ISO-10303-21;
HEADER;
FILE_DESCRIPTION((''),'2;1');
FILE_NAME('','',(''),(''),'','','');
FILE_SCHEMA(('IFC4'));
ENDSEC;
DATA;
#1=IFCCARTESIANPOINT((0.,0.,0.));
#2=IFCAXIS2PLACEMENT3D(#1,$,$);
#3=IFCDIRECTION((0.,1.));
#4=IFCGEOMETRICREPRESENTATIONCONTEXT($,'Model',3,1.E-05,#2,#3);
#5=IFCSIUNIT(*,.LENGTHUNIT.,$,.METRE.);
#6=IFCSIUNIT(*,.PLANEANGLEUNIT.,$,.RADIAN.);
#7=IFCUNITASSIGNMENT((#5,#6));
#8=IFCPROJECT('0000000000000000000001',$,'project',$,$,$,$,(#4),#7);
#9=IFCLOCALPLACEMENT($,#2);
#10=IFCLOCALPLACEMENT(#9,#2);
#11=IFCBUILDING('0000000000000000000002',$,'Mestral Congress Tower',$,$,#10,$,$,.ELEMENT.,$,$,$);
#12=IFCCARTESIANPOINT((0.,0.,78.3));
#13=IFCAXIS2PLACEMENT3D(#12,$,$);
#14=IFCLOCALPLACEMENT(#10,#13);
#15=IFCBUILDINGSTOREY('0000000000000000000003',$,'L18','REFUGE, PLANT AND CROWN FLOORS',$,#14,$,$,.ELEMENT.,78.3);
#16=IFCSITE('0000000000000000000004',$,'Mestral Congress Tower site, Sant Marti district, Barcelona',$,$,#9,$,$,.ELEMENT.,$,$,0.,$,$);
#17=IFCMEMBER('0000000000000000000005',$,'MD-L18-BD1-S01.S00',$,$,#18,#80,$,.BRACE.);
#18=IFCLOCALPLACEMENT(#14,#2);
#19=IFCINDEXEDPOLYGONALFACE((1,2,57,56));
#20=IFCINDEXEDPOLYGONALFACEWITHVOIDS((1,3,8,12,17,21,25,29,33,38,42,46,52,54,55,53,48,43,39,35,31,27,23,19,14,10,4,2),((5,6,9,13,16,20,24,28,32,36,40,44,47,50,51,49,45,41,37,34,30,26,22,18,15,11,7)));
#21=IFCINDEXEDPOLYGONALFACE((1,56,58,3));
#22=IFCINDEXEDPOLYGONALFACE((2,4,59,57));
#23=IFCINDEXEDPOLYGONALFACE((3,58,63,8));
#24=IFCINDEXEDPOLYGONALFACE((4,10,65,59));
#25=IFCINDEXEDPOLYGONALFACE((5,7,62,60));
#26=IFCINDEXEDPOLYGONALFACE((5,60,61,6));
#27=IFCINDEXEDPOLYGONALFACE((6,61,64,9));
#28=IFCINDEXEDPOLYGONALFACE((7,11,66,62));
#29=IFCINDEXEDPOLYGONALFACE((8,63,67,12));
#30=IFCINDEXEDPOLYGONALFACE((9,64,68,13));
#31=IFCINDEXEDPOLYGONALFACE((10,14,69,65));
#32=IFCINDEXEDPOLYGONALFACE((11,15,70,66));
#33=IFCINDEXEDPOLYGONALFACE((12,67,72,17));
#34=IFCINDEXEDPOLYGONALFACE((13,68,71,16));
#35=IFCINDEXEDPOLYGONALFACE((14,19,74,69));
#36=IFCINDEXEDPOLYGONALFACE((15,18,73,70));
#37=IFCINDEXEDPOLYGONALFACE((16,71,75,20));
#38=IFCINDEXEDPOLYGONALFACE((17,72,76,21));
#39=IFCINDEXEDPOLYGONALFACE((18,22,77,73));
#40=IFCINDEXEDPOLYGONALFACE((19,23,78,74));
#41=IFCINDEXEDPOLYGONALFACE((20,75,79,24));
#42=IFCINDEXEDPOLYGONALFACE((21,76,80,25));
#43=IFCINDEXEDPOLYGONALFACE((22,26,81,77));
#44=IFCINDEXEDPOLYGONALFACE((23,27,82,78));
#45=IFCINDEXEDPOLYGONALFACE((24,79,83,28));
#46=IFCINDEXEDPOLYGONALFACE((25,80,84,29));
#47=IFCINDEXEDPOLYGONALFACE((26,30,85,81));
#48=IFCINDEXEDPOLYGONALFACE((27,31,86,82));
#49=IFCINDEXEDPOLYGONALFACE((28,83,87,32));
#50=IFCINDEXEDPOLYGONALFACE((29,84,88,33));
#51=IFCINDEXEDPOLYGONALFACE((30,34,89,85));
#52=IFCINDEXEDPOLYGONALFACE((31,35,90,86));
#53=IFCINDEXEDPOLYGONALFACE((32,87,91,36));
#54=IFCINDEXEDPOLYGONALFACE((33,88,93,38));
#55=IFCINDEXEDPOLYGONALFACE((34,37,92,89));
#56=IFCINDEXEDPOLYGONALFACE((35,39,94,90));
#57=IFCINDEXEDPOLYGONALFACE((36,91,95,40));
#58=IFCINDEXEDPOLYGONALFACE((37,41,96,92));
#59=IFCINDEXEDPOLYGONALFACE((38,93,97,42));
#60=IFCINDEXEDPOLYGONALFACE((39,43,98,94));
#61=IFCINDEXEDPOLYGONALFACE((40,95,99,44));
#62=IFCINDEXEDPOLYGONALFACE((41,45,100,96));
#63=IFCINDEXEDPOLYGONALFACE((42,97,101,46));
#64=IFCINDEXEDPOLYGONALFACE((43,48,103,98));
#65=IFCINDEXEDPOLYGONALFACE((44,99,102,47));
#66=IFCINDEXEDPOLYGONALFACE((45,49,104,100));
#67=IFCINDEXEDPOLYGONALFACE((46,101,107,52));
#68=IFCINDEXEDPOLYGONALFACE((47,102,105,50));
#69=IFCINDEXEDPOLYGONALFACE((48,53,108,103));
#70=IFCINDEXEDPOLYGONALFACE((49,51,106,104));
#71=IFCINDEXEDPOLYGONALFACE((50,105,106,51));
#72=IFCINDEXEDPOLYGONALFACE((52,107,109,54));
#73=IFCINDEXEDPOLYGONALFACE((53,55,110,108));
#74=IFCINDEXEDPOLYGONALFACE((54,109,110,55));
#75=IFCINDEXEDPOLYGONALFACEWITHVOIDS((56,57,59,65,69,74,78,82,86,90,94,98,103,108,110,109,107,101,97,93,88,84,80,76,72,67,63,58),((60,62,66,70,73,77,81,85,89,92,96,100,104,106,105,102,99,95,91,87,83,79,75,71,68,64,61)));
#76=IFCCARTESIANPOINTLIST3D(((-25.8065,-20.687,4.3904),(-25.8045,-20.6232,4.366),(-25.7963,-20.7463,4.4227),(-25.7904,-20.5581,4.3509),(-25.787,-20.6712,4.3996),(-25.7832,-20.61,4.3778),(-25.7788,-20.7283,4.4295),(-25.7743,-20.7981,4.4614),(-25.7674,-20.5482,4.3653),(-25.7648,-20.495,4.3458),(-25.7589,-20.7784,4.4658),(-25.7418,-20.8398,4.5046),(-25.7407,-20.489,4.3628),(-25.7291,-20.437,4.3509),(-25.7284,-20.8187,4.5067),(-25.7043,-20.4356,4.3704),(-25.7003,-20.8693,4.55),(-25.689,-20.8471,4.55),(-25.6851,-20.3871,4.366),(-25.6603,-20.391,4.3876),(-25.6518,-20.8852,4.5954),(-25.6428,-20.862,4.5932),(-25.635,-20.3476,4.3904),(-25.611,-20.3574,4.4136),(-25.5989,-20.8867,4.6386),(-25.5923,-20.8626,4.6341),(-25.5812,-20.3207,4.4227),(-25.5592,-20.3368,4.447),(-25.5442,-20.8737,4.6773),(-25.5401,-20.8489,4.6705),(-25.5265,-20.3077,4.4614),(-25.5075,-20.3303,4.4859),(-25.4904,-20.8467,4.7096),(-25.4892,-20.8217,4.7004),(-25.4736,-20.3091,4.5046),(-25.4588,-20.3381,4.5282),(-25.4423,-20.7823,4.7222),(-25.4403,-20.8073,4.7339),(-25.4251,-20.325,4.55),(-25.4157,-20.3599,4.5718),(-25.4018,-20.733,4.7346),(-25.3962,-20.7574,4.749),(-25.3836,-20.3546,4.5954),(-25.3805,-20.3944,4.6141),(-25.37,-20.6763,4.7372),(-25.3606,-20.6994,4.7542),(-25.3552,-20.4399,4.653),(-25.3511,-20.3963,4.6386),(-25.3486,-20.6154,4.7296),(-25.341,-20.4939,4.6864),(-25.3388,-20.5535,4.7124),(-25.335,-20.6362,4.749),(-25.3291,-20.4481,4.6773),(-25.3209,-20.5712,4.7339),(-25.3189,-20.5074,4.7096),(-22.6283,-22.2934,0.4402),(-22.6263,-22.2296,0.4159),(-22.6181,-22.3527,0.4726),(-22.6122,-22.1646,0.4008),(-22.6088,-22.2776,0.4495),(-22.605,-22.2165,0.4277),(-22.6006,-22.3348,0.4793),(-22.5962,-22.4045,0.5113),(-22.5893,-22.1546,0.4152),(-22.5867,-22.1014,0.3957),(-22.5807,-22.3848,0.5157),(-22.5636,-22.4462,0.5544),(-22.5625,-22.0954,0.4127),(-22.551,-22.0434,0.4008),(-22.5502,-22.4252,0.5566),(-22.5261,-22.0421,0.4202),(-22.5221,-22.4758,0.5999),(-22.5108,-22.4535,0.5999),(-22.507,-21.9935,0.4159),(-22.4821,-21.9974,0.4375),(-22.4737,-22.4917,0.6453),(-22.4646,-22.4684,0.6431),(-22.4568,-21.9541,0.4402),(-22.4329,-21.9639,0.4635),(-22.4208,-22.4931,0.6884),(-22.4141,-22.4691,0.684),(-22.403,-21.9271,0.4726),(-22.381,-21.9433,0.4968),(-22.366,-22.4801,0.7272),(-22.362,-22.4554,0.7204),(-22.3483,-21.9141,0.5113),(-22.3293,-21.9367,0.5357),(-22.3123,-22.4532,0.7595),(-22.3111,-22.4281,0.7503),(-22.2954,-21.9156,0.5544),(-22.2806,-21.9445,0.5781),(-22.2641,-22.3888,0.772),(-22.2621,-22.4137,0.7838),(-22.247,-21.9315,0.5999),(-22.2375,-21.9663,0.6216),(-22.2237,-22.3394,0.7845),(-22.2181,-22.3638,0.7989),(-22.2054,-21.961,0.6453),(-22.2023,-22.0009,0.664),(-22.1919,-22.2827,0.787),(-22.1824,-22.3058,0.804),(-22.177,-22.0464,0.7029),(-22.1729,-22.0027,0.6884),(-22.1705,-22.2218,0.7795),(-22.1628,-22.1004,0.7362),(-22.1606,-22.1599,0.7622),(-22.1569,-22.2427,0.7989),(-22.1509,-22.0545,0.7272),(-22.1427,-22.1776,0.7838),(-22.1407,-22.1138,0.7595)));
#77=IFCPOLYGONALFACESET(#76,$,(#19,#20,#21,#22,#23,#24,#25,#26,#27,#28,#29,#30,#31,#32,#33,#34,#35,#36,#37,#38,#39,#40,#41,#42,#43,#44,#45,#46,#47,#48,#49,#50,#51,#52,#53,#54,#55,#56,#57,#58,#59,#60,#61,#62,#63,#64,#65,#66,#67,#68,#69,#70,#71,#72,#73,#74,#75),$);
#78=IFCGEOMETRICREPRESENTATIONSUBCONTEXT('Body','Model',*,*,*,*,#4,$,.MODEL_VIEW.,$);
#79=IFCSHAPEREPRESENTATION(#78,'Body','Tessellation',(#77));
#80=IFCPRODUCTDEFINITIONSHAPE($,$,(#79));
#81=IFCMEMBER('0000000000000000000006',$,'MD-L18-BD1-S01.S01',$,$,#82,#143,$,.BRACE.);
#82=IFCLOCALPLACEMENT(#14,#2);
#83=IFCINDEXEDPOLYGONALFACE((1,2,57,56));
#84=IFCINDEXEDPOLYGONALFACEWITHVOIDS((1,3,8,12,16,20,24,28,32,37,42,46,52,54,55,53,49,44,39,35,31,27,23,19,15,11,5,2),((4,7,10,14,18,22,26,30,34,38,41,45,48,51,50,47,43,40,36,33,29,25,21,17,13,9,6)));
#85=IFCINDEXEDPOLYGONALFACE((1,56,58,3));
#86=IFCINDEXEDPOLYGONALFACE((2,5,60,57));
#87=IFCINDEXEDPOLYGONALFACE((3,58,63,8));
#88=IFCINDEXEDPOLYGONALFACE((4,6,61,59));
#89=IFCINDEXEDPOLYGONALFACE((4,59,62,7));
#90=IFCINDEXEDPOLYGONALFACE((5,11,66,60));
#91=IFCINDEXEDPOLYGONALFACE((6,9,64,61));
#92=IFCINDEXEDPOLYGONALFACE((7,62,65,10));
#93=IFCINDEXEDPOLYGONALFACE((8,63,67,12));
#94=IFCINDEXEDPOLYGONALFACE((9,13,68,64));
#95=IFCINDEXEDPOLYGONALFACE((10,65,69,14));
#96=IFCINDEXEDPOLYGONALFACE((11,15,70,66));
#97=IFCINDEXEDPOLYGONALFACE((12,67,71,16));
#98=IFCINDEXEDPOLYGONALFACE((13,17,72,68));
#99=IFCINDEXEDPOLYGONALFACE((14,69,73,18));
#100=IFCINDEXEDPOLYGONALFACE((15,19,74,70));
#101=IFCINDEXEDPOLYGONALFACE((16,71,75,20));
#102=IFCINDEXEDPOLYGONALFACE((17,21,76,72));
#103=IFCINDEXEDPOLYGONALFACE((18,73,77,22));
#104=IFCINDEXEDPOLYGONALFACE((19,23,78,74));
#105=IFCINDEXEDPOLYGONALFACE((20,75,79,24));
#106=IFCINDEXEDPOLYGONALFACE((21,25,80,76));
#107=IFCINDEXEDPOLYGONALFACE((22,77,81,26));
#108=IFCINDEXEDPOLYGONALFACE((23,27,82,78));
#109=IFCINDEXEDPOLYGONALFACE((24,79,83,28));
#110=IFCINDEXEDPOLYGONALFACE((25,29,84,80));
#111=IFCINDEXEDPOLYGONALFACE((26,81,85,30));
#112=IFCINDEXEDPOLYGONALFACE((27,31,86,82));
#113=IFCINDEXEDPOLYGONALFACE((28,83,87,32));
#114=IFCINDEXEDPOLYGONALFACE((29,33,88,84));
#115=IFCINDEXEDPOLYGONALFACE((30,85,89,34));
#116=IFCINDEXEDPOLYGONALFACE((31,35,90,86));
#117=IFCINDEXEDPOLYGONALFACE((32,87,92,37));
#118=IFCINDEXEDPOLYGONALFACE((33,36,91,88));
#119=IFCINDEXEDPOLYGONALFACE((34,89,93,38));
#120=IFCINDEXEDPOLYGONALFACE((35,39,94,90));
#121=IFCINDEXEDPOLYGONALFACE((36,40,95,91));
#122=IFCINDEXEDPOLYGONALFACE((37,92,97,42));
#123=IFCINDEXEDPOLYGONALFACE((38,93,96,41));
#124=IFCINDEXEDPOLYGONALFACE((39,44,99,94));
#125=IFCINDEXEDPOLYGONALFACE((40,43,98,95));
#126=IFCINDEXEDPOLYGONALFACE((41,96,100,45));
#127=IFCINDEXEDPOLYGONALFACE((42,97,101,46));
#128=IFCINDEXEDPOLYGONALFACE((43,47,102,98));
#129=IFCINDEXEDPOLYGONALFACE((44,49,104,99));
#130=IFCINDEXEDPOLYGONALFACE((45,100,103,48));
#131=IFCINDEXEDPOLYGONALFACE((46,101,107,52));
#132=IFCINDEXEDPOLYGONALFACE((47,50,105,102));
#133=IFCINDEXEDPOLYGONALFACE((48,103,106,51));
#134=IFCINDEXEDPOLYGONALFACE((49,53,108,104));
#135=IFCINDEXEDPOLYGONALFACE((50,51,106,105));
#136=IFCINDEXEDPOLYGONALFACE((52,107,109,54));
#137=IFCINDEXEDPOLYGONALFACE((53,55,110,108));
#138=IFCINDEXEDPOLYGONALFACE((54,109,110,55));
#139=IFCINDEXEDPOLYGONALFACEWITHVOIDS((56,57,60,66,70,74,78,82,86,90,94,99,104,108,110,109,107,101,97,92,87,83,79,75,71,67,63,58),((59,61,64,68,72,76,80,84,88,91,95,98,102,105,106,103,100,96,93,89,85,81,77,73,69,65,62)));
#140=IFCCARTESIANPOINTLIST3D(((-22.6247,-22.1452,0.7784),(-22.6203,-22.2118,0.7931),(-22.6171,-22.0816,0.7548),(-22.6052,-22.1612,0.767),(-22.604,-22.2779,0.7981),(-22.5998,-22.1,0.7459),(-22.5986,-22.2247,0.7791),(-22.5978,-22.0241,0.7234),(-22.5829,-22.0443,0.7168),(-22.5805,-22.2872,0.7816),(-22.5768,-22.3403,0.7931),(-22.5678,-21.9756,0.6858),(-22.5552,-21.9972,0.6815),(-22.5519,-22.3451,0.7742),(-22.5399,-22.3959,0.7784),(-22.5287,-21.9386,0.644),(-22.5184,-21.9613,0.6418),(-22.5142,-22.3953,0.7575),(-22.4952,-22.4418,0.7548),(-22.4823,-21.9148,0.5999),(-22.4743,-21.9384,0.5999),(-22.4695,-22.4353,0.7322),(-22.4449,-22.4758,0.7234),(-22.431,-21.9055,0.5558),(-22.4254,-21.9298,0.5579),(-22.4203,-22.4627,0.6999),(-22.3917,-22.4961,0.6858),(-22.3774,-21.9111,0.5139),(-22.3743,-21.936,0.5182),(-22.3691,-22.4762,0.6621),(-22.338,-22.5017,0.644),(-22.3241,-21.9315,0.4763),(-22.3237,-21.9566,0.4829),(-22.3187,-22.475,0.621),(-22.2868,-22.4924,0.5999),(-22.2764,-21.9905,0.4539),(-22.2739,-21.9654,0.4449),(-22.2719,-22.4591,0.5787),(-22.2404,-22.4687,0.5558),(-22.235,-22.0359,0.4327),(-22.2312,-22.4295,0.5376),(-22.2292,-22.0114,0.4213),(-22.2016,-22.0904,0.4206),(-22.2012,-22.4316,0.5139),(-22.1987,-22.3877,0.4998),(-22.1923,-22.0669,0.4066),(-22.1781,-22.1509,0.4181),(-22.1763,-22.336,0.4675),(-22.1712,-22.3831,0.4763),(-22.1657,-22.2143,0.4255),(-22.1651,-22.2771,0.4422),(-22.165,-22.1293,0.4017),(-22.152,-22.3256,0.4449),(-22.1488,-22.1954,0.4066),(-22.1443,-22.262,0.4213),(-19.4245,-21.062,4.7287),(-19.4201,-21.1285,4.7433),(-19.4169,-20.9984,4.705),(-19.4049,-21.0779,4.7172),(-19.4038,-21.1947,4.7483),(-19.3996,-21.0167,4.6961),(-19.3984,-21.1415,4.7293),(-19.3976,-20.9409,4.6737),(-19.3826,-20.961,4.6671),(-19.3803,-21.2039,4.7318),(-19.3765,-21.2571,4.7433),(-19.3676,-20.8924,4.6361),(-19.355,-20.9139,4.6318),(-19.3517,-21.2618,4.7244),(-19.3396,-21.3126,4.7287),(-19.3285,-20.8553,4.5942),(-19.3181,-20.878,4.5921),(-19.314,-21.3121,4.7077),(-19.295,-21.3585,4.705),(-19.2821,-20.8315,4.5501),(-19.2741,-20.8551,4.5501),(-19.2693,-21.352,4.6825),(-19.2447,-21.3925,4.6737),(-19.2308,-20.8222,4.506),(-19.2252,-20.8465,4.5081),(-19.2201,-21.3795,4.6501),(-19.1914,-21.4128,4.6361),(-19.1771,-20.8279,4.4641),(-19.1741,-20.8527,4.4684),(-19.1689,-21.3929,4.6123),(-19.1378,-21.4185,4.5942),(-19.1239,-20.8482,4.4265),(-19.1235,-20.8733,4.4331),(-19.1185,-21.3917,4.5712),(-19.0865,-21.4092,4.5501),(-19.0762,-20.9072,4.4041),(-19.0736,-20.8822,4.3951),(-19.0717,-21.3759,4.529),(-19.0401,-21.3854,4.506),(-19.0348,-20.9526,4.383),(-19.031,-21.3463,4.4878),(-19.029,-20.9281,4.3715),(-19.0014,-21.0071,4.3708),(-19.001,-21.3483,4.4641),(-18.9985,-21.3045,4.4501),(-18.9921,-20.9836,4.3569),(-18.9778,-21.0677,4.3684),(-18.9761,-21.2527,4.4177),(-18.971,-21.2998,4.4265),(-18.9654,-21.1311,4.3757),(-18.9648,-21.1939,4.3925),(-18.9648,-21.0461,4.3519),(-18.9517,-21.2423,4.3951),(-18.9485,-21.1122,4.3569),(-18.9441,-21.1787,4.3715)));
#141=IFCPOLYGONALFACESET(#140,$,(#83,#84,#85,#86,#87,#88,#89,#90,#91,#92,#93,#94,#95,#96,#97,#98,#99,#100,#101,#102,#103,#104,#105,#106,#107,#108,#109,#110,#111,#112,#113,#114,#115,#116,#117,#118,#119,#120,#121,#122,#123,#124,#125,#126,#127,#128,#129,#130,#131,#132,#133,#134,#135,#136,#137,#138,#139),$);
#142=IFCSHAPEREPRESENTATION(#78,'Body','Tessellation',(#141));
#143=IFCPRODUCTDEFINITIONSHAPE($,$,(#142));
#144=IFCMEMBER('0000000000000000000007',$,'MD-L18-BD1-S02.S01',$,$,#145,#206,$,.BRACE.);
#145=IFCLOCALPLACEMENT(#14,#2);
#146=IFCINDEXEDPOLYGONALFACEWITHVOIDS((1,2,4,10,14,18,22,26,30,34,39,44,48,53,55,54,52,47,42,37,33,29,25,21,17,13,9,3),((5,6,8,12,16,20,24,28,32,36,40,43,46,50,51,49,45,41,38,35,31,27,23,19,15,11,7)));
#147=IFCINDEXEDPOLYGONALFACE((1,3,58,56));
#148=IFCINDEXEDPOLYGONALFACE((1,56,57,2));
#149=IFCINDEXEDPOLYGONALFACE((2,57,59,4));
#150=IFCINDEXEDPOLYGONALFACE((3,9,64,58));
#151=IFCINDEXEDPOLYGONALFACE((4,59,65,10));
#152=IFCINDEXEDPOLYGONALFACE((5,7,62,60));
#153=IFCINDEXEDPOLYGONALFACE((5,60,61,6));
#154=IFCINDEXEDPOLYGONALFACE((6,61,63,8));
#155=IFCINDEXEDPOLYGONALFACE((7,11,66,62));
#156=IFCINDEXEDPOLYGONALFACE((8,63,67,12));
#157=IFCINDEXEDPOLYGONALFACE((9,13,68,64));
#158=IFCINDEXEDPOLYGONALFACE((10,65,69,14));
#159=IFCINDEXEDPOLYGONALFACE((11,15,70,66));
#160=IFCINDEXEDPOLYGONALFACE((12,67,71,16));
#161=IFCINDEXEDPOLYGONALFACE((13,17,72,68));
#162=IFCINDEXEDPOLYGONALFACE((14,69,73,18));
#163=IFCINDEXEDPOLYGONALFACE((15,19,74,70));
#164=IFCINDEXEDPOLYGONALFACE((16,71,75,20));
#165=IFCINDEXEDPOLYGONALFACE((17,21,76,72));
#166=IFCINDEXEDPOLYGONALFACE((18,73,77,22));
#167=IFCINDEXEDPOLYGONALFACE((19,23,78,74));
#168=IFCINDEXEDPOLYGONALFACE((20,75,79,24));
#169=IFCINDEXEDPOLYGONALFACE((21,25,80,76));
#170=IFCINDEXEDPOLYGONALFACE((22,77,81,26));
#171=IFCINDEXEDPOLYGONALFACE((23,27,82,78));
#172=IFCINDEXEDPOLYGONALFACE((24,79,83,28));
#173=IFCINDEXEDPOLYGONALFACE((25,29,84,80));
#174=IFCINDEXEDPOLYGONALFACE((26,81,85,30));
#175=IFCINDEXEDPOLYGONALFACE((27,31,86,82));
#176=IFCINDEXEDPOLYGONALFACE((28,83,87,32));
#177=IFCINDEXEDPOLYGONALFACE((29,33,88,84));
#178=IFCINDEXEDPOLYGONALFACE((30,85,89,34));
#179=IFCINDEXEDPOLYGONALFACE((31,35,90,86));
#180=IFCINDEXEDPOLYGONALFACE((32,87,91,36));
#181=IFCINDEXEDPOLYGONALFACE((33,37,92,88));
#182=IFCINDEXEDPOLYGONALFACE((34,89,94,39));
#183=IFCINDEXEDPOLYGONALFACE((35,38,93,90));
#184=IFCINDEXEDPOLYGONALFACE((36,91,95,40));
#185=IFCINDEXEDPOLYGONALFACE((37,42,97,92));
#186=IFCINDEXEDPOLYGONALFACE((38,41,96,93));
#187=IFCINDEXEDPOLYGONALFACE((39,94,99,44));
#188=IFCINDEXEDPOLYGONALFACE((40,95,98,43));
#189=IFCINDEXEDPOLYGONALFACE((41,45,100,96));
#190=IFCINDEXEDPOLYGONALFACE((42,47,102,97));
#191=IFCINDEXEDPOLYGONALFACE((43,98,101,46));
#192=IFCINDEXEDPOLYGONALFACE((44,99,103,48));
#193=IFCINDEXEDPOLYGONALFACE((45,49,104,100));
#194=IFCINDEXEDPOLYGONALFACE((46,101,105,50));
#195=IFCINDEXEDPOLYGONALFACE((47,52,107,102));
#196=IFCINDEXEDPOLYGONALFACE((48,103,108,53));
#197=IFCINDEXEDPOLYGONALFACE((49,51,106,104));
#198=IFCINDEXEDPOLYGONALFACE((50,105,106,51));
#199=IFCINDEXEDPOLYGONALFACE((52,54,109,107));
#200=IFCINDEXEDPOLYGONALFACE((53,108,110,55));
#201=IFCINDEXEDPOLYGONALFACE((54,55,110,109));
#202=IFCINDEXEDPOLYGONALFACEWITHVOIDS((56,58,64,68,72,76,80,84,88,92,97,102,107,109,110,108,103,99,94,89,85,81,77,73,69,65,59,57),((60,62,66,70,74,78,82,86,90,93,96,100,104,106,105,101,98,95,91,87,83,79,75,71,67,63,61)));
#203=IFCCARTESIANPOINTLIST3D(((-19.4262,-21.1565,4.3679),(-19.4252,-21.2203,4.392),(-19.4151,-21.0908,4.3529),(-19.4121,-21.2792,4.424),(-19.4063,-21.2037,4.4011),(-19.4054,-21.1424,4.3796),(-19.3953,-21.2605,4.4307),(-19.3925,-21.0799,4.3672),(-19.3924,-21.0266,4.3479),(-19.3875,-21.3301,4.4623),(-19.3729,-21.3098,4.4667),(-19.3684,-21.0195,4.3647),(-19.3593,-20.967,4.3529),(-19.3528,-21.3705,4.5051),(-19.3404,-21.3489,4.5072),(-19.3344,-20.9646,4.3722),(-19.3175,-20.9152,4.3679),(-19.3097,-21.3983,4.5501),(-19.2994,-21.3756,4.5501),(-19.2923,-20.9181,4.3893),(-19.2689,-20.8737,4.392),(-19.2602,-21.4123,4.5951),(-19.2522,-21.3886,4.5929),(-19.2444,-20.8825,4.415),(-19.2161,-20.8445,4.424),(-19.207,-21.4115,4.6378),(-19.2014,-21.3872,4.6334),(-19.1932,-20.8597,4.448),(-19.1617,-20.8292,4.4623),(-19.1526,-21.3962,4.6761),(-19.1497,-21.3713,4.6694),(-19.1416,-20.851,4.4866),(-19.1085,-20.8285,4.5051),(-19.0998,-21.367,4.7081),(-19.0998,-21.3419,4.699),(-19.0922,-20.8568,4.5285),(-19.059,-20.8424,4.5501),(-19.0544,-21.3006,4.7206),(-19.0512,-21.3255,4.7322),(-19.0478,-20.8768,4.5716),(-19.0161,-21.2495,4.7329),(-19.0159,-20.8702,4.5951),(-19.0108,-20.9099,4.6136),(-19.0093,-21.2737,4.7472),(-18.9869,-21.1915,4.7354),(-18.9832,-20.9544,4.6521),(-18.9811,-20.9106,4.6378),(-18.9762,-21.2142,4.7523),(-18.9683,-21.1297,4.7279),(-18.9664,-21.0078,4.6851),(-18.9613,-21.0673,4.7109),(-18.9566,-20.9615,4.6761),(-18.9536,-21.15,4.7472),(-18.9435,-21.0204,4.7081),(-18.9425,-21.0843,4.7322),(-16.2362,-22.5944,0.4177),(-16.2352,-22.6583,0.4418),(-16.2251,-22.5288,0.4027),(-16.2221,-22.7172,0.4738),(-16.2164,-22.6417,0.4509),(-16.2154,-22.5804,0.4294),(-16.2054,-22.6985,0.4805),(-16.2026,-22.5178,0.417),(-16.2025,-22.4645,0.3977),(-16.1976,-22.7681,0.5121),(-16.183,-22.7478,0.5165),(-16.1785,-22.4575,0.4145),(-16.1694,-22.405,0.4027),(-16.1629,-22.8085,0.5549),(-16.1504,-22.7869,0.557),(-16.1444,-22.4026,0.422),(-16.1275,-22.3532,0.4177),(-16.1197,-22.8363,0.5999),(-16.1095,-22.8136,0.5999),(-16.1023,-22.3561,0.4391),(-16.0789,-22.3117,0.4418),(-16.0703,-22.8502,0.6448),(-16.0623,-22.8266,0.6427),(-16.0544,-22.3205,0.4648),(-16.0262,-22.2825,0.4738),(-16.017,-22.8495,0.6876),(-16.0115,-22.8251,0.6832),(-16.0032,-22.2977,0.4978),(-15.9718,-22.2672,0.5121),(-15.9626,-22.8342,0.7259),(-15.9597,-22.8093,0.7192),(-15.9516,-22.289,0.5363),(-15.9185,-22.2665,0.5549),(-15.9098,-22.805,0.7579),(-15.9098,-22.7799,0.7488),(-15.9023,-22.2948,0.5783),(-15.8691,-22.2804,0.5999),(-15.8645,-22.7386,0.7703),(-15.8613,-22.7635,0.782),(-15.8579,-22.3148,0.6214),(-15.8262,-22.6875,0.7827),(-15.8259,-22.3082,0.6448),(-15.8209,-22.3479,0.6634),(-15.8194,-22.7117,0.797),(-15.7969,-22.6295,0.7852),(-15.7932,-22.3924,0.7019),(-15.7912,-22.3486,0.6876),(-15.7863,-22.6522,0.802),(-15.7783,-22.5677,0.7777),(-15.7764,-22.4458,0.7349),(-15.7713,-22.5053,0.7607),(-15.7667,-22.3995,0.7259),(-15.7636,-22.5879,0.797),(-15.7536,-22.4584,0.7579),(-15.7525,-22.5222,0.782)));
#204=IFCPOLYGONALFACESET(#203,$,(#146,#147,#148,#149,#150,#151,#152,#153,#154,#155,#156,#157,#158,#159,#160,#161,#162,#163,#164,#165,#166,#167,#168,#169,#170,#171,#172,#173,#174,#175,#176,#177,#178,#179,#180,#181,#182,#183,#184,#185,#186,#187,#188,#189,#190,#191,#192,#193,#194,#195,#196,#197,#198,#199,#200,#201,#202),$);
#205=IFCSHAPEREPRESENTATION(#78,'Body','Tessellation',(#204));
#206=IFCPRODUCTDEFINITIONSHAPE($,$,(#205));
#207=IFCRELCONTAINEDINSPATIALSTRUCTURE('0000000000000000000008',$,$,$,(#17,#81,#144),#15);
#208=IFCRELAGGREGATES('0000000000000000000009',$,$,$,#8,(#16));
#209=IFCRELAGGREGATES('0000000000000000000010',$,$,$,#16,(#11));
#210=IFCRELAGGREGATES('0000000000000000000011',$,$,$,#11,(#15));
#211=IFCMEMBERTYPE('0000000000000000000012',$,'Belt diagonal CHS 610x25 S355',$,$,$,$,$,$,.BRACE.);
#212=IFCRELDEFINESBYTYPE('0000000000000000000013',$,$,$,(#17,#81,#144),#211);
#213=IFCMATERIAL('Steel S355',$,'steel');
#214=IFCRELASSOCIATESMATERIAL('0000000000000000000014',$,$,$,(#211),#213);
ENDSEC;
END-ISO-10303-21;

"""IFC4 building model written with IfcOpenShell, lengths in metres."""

from ifc_helpers import new_model, si_unit, direction, frame, origin, origin_2d, place, context, subcontext, project, spatial, hollow_circle, extrude, material, material_profile, profile_set, type_object, element, save


model = new_model("IFC4")

# Units and contexts
model_context = context("Model", 3, precision=1e-05, world=origin(), true_north=direction((0.0, 1.0)))
body_context = subcontext(model_context, "Body", "Model", "MODEL_VIEW")
ifc_project = project(units=[si_unit("LENGTHUNIT", "METRE"), si_unit("PLANEANGLEUNIT", "RADIAN")], contexts=[model_context])

# Site, building, storey
site_placement = place(None, origin())
site = spatial("IfcSite", under=ifc_project, at=site_placement, Name="Mestral Congress Tower site, Sant Marti district, Barcelona", CompositionType="ELEMENT", RefElevation=0.0)
building_placement = place(site_placement, origin())
building = spatial("IfcBuilding", under=site, at=building_placement, Name="Mestral Congress Tower", CompositionType="ELEMENT")
storey_placement = place(building_placement, frame((0.0, 0.0, 78.3)))
storey = spatial("IfcBuildingStorey", under=building, at=storey_placement, Name="L18", Description="REFUGE, PLANT AND CROWN FLOORS", CompositionType="ELEMENT", Elevation=78.3)

# Members
ifc_material_1 = material(Name="Steel S355", Category="steel")
ifc_material_profile_1 = material_profile(ifc_material_1, hollow_circle(Radius=0.3049, WallThickness=0.0249, at=origin_2d()), Name="CHS 610x25")
ifc_profile_set_1 = profile_set([ifc_material_profile_1], Name="Steel S355")
member_type_1 = type_object("IfcMemberType", Name="Belt diagonal CHS 610x25 S355", PredefinedType="BRACE", material=ifc_profile_set_1)
member_1_placement = place(storey_placement, frame((-22.3845, -22.2036, 0.5999), z_axis=(-0.597585, 0.302052, 0.742736), x_axis=(-0.451103, -0.892472, 0.0)))
element("IfcMember", 1, at=member_1_placement, inside=storey, type_object=member_type_1, Name="MD-L18-BD1-S01.S00", PredefinedType="BRACE", context=body_context, shape_type="SweptSolid", body=[
    extrude(hollow_circle(Radius=0.3049, WallThickness=0.0249, at=origin_2d()), origin(), (0.0, 0.0, 1.0), 5.3184),
])
member_2_placement = place(storey_placement, frame((-22.3845, -22.2036, 0.5999), z_axis=(0.615664, 0.2084, 0.759952), x_axis=(-0.320625, 0.947206, 0.0)))
element("IfcMember", 2, at=member_2_placement, inside=storey, type_object=member_type_1, Name="MD-L18-BD1-S01.S01", PredefinedType="BRACE", context=body_context, shape_type="SweptSolid", body=[
    extrude(hollow_circle(Radius=0.3049, WallThickness=0.0249, at=origin_2d()), origin(), (0.0, 0.0, 1.0), 5.198),
])
member_3_placement = place(storey_placement, frame((-15.9944, -22.5583, 0.5999), z_axis=(-0.60449, 0.272497, 0.748557), x_axis=(-0.410962, -0.911652, 0.0)))
element("IfcMember", 3, at=member_3_placement, inside=storey, type_object=member_type_1, Name="MD-L18-BD1-S02.S01", PredefinedType="BRACE", context=body_context, shape_type="SweptSolid", body=[
    extrude(hollow_circle(Radius=0.3049, WallThickness=0.0249, at=origin_2d()), origin(), (0.0, 0.0, 1.0), 5.2771),
])

save(model, "model.ifc")
